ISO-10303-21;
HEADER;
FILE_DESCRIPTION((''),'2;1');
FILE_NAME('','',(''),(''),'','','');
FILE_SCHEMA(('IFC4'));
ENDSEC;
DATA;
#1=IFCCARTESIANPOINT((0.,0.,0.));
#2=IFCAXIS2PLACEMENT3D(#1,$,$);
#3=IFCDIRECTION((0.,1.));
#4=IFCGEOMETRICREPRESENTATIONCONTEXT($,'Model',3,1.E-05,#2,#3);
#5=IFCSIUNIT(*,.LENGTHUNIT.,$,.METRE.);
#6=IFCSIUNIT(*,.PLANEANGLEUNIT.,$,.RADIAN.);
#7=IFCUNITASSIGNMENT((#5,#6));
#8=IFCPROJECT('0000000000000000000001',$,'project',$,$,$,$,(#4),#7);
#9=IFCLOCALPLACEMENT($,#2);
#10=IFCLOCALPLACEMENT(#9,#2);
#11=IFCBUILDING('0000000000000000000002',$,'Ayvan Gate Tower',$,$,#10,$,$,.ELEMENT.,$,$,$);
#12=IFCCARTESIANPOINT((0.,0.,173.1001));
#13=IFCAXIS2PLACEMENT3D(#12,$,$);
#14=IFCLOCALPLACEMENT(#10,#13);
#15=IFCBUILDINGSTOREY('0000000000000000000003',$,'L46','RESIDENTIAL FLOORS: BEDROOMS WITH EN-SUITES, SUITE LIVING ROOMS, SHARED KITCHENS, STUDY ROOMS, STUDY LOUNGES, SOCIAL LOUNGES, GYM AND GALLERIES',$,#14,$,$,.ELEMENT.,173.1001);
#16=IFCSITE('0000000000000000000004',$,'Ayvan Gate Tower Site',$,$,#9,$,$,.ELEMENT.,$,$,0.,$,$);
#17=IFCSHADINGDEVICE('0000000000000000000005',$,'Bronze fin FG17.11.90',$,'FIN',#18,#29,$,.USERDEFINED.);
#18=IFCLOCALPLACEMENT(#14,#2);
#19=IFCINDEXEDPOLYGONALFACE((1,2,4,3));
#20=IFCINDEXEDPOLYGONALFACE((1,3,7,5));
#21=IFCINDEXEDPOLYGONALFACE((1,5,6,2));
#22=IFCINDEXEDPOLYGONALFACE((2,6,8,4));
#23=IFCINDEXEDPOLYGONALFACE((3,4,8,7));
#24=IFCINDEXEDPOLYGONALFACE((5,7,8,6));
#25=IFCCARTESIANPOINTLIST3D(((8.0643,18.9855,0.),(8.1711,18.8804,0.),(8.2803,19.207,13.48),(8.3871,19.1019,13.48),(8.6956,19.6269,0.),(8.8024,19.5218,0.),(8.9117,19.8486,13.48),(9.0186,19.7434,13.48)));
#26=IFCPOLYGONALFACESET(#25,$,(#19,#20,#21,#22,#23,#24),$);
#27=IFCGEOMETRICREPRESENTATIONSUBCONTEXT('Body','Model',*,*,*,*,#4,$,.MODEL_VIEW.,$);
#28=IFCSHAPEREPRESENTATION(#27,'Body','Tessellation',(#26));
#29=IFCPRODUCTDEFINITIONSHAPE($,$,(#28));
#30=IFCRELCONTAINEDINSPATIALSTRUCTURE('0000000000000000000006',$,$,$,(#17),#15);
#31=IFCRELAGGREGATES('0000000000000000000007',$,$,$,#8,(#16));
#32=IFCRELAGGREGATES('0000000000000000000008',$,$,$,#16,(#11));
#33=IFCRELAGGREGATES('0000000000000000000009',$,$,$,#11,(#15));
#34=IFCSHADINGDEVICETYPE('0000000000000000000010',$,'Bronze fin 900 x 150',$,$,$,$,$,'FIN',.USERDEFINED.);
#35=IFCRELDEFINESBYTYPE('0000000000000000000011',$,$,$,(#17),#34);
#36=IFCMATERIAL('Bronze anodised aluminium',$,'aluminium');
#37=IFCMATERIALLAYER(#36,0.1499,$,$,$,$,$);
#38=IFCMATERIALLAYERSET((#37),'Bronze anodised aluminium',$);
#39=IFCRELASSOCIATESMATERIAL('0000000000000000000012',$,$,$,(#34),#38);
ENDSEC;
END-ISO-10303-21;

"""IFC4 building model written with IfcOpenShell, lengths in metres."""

from ifc_helpers import new_model, si_unit, direction, frame, origin, place, context, subcontext, project, spatial, polyline, outline, extrude, material, layer, layer_set, type_object, element, save


model = new_model("IFC4")

# Units and contexts
model_context = context("Model", 3, precision=1e-05, world=origin(), true_north=direction((0.0, 1.0)))
body_context = subcontext(model_context, "Body", "Model", "MODEL_VIEW")
ifc_project = project(units=[si_unit("LENGTHUNIT", "METRE"), si_unit("PLANEANGLEUNIT", "RADIAN")], contexts=[model_context])

# Site, building, storey
site_placement = place(None, origin())
site = spatial("IfcSite", under=ifc_project, at=site_placement, Name="Ayvan Gate Tower Site", CompositionType="ELEMENT", RefElevation=0.0)
building_placement = place(site_placement, origin())
building = spatial("IfcBuilding", under=site, at=building_placement, Name="Ayvan Gate Tower", CompositionType="ELEMENT")
storey_placement = place(building_placement, frame((0.0, 0.0, 173.1001)))
storey = spatial("IfcBuildingStorey", under=building, at=storey_placement, Name="L46", Description="RESIDENTIAL FLOORS: BEDROOMS WITH EN-SUITES, SUITE LIVING ROOMS, SHARED KITCHENS, STUDY ROOMS, STUDY LOUNGES, SOCIAL LOUNGES, GYM AND GALLERIES", CompositionType="ELEMENT", Elevation=173.1001)

# Shared definitions
ifc_material_1 = material(Name="Bronze anodised aluminium", Category="aluminium")

# Shading device
ifc_layer_1 = layer(ifc_material_1, 0.1499)
ifc_layer_set_1 = layer_set([ifc_layer_1], Name="Bronze anodised aluminium")
shading_device_type = type_object("IfcShadingDeviceType", Name="Bronze fin 900 x 150", ElementType="FIN", PredefinedType="USERDEFINED", material=ifc_layer_set_1)
shading_device_1_placement = place(storey_placement, frame((8.1711, 18.8804, 0.0), z_axis=(0.712713, -0.701456, 0.000105), x_axis=(0.701456, 0.712713, 0.0)))
element("IfcShadingDevice", 1, at=shading_device_1_placement, inside=storey, type_object=shading_device_type, Name="Bronze fin FG17.11.90", ObjectType="FIN", PredefinedType="USERDEFINED", context=body_context, shape_type="SweptSolid", body=[
    extrude(outline(polyline([(0.0, 0.0), (0.9, 0.0), (1.2095, 13.48), (0.3094, 13.48), (0.0, 0.0)])), origin(), (0.0, 0.0, -1.0), 0.1499),
])

save(model, "model.ifc")
